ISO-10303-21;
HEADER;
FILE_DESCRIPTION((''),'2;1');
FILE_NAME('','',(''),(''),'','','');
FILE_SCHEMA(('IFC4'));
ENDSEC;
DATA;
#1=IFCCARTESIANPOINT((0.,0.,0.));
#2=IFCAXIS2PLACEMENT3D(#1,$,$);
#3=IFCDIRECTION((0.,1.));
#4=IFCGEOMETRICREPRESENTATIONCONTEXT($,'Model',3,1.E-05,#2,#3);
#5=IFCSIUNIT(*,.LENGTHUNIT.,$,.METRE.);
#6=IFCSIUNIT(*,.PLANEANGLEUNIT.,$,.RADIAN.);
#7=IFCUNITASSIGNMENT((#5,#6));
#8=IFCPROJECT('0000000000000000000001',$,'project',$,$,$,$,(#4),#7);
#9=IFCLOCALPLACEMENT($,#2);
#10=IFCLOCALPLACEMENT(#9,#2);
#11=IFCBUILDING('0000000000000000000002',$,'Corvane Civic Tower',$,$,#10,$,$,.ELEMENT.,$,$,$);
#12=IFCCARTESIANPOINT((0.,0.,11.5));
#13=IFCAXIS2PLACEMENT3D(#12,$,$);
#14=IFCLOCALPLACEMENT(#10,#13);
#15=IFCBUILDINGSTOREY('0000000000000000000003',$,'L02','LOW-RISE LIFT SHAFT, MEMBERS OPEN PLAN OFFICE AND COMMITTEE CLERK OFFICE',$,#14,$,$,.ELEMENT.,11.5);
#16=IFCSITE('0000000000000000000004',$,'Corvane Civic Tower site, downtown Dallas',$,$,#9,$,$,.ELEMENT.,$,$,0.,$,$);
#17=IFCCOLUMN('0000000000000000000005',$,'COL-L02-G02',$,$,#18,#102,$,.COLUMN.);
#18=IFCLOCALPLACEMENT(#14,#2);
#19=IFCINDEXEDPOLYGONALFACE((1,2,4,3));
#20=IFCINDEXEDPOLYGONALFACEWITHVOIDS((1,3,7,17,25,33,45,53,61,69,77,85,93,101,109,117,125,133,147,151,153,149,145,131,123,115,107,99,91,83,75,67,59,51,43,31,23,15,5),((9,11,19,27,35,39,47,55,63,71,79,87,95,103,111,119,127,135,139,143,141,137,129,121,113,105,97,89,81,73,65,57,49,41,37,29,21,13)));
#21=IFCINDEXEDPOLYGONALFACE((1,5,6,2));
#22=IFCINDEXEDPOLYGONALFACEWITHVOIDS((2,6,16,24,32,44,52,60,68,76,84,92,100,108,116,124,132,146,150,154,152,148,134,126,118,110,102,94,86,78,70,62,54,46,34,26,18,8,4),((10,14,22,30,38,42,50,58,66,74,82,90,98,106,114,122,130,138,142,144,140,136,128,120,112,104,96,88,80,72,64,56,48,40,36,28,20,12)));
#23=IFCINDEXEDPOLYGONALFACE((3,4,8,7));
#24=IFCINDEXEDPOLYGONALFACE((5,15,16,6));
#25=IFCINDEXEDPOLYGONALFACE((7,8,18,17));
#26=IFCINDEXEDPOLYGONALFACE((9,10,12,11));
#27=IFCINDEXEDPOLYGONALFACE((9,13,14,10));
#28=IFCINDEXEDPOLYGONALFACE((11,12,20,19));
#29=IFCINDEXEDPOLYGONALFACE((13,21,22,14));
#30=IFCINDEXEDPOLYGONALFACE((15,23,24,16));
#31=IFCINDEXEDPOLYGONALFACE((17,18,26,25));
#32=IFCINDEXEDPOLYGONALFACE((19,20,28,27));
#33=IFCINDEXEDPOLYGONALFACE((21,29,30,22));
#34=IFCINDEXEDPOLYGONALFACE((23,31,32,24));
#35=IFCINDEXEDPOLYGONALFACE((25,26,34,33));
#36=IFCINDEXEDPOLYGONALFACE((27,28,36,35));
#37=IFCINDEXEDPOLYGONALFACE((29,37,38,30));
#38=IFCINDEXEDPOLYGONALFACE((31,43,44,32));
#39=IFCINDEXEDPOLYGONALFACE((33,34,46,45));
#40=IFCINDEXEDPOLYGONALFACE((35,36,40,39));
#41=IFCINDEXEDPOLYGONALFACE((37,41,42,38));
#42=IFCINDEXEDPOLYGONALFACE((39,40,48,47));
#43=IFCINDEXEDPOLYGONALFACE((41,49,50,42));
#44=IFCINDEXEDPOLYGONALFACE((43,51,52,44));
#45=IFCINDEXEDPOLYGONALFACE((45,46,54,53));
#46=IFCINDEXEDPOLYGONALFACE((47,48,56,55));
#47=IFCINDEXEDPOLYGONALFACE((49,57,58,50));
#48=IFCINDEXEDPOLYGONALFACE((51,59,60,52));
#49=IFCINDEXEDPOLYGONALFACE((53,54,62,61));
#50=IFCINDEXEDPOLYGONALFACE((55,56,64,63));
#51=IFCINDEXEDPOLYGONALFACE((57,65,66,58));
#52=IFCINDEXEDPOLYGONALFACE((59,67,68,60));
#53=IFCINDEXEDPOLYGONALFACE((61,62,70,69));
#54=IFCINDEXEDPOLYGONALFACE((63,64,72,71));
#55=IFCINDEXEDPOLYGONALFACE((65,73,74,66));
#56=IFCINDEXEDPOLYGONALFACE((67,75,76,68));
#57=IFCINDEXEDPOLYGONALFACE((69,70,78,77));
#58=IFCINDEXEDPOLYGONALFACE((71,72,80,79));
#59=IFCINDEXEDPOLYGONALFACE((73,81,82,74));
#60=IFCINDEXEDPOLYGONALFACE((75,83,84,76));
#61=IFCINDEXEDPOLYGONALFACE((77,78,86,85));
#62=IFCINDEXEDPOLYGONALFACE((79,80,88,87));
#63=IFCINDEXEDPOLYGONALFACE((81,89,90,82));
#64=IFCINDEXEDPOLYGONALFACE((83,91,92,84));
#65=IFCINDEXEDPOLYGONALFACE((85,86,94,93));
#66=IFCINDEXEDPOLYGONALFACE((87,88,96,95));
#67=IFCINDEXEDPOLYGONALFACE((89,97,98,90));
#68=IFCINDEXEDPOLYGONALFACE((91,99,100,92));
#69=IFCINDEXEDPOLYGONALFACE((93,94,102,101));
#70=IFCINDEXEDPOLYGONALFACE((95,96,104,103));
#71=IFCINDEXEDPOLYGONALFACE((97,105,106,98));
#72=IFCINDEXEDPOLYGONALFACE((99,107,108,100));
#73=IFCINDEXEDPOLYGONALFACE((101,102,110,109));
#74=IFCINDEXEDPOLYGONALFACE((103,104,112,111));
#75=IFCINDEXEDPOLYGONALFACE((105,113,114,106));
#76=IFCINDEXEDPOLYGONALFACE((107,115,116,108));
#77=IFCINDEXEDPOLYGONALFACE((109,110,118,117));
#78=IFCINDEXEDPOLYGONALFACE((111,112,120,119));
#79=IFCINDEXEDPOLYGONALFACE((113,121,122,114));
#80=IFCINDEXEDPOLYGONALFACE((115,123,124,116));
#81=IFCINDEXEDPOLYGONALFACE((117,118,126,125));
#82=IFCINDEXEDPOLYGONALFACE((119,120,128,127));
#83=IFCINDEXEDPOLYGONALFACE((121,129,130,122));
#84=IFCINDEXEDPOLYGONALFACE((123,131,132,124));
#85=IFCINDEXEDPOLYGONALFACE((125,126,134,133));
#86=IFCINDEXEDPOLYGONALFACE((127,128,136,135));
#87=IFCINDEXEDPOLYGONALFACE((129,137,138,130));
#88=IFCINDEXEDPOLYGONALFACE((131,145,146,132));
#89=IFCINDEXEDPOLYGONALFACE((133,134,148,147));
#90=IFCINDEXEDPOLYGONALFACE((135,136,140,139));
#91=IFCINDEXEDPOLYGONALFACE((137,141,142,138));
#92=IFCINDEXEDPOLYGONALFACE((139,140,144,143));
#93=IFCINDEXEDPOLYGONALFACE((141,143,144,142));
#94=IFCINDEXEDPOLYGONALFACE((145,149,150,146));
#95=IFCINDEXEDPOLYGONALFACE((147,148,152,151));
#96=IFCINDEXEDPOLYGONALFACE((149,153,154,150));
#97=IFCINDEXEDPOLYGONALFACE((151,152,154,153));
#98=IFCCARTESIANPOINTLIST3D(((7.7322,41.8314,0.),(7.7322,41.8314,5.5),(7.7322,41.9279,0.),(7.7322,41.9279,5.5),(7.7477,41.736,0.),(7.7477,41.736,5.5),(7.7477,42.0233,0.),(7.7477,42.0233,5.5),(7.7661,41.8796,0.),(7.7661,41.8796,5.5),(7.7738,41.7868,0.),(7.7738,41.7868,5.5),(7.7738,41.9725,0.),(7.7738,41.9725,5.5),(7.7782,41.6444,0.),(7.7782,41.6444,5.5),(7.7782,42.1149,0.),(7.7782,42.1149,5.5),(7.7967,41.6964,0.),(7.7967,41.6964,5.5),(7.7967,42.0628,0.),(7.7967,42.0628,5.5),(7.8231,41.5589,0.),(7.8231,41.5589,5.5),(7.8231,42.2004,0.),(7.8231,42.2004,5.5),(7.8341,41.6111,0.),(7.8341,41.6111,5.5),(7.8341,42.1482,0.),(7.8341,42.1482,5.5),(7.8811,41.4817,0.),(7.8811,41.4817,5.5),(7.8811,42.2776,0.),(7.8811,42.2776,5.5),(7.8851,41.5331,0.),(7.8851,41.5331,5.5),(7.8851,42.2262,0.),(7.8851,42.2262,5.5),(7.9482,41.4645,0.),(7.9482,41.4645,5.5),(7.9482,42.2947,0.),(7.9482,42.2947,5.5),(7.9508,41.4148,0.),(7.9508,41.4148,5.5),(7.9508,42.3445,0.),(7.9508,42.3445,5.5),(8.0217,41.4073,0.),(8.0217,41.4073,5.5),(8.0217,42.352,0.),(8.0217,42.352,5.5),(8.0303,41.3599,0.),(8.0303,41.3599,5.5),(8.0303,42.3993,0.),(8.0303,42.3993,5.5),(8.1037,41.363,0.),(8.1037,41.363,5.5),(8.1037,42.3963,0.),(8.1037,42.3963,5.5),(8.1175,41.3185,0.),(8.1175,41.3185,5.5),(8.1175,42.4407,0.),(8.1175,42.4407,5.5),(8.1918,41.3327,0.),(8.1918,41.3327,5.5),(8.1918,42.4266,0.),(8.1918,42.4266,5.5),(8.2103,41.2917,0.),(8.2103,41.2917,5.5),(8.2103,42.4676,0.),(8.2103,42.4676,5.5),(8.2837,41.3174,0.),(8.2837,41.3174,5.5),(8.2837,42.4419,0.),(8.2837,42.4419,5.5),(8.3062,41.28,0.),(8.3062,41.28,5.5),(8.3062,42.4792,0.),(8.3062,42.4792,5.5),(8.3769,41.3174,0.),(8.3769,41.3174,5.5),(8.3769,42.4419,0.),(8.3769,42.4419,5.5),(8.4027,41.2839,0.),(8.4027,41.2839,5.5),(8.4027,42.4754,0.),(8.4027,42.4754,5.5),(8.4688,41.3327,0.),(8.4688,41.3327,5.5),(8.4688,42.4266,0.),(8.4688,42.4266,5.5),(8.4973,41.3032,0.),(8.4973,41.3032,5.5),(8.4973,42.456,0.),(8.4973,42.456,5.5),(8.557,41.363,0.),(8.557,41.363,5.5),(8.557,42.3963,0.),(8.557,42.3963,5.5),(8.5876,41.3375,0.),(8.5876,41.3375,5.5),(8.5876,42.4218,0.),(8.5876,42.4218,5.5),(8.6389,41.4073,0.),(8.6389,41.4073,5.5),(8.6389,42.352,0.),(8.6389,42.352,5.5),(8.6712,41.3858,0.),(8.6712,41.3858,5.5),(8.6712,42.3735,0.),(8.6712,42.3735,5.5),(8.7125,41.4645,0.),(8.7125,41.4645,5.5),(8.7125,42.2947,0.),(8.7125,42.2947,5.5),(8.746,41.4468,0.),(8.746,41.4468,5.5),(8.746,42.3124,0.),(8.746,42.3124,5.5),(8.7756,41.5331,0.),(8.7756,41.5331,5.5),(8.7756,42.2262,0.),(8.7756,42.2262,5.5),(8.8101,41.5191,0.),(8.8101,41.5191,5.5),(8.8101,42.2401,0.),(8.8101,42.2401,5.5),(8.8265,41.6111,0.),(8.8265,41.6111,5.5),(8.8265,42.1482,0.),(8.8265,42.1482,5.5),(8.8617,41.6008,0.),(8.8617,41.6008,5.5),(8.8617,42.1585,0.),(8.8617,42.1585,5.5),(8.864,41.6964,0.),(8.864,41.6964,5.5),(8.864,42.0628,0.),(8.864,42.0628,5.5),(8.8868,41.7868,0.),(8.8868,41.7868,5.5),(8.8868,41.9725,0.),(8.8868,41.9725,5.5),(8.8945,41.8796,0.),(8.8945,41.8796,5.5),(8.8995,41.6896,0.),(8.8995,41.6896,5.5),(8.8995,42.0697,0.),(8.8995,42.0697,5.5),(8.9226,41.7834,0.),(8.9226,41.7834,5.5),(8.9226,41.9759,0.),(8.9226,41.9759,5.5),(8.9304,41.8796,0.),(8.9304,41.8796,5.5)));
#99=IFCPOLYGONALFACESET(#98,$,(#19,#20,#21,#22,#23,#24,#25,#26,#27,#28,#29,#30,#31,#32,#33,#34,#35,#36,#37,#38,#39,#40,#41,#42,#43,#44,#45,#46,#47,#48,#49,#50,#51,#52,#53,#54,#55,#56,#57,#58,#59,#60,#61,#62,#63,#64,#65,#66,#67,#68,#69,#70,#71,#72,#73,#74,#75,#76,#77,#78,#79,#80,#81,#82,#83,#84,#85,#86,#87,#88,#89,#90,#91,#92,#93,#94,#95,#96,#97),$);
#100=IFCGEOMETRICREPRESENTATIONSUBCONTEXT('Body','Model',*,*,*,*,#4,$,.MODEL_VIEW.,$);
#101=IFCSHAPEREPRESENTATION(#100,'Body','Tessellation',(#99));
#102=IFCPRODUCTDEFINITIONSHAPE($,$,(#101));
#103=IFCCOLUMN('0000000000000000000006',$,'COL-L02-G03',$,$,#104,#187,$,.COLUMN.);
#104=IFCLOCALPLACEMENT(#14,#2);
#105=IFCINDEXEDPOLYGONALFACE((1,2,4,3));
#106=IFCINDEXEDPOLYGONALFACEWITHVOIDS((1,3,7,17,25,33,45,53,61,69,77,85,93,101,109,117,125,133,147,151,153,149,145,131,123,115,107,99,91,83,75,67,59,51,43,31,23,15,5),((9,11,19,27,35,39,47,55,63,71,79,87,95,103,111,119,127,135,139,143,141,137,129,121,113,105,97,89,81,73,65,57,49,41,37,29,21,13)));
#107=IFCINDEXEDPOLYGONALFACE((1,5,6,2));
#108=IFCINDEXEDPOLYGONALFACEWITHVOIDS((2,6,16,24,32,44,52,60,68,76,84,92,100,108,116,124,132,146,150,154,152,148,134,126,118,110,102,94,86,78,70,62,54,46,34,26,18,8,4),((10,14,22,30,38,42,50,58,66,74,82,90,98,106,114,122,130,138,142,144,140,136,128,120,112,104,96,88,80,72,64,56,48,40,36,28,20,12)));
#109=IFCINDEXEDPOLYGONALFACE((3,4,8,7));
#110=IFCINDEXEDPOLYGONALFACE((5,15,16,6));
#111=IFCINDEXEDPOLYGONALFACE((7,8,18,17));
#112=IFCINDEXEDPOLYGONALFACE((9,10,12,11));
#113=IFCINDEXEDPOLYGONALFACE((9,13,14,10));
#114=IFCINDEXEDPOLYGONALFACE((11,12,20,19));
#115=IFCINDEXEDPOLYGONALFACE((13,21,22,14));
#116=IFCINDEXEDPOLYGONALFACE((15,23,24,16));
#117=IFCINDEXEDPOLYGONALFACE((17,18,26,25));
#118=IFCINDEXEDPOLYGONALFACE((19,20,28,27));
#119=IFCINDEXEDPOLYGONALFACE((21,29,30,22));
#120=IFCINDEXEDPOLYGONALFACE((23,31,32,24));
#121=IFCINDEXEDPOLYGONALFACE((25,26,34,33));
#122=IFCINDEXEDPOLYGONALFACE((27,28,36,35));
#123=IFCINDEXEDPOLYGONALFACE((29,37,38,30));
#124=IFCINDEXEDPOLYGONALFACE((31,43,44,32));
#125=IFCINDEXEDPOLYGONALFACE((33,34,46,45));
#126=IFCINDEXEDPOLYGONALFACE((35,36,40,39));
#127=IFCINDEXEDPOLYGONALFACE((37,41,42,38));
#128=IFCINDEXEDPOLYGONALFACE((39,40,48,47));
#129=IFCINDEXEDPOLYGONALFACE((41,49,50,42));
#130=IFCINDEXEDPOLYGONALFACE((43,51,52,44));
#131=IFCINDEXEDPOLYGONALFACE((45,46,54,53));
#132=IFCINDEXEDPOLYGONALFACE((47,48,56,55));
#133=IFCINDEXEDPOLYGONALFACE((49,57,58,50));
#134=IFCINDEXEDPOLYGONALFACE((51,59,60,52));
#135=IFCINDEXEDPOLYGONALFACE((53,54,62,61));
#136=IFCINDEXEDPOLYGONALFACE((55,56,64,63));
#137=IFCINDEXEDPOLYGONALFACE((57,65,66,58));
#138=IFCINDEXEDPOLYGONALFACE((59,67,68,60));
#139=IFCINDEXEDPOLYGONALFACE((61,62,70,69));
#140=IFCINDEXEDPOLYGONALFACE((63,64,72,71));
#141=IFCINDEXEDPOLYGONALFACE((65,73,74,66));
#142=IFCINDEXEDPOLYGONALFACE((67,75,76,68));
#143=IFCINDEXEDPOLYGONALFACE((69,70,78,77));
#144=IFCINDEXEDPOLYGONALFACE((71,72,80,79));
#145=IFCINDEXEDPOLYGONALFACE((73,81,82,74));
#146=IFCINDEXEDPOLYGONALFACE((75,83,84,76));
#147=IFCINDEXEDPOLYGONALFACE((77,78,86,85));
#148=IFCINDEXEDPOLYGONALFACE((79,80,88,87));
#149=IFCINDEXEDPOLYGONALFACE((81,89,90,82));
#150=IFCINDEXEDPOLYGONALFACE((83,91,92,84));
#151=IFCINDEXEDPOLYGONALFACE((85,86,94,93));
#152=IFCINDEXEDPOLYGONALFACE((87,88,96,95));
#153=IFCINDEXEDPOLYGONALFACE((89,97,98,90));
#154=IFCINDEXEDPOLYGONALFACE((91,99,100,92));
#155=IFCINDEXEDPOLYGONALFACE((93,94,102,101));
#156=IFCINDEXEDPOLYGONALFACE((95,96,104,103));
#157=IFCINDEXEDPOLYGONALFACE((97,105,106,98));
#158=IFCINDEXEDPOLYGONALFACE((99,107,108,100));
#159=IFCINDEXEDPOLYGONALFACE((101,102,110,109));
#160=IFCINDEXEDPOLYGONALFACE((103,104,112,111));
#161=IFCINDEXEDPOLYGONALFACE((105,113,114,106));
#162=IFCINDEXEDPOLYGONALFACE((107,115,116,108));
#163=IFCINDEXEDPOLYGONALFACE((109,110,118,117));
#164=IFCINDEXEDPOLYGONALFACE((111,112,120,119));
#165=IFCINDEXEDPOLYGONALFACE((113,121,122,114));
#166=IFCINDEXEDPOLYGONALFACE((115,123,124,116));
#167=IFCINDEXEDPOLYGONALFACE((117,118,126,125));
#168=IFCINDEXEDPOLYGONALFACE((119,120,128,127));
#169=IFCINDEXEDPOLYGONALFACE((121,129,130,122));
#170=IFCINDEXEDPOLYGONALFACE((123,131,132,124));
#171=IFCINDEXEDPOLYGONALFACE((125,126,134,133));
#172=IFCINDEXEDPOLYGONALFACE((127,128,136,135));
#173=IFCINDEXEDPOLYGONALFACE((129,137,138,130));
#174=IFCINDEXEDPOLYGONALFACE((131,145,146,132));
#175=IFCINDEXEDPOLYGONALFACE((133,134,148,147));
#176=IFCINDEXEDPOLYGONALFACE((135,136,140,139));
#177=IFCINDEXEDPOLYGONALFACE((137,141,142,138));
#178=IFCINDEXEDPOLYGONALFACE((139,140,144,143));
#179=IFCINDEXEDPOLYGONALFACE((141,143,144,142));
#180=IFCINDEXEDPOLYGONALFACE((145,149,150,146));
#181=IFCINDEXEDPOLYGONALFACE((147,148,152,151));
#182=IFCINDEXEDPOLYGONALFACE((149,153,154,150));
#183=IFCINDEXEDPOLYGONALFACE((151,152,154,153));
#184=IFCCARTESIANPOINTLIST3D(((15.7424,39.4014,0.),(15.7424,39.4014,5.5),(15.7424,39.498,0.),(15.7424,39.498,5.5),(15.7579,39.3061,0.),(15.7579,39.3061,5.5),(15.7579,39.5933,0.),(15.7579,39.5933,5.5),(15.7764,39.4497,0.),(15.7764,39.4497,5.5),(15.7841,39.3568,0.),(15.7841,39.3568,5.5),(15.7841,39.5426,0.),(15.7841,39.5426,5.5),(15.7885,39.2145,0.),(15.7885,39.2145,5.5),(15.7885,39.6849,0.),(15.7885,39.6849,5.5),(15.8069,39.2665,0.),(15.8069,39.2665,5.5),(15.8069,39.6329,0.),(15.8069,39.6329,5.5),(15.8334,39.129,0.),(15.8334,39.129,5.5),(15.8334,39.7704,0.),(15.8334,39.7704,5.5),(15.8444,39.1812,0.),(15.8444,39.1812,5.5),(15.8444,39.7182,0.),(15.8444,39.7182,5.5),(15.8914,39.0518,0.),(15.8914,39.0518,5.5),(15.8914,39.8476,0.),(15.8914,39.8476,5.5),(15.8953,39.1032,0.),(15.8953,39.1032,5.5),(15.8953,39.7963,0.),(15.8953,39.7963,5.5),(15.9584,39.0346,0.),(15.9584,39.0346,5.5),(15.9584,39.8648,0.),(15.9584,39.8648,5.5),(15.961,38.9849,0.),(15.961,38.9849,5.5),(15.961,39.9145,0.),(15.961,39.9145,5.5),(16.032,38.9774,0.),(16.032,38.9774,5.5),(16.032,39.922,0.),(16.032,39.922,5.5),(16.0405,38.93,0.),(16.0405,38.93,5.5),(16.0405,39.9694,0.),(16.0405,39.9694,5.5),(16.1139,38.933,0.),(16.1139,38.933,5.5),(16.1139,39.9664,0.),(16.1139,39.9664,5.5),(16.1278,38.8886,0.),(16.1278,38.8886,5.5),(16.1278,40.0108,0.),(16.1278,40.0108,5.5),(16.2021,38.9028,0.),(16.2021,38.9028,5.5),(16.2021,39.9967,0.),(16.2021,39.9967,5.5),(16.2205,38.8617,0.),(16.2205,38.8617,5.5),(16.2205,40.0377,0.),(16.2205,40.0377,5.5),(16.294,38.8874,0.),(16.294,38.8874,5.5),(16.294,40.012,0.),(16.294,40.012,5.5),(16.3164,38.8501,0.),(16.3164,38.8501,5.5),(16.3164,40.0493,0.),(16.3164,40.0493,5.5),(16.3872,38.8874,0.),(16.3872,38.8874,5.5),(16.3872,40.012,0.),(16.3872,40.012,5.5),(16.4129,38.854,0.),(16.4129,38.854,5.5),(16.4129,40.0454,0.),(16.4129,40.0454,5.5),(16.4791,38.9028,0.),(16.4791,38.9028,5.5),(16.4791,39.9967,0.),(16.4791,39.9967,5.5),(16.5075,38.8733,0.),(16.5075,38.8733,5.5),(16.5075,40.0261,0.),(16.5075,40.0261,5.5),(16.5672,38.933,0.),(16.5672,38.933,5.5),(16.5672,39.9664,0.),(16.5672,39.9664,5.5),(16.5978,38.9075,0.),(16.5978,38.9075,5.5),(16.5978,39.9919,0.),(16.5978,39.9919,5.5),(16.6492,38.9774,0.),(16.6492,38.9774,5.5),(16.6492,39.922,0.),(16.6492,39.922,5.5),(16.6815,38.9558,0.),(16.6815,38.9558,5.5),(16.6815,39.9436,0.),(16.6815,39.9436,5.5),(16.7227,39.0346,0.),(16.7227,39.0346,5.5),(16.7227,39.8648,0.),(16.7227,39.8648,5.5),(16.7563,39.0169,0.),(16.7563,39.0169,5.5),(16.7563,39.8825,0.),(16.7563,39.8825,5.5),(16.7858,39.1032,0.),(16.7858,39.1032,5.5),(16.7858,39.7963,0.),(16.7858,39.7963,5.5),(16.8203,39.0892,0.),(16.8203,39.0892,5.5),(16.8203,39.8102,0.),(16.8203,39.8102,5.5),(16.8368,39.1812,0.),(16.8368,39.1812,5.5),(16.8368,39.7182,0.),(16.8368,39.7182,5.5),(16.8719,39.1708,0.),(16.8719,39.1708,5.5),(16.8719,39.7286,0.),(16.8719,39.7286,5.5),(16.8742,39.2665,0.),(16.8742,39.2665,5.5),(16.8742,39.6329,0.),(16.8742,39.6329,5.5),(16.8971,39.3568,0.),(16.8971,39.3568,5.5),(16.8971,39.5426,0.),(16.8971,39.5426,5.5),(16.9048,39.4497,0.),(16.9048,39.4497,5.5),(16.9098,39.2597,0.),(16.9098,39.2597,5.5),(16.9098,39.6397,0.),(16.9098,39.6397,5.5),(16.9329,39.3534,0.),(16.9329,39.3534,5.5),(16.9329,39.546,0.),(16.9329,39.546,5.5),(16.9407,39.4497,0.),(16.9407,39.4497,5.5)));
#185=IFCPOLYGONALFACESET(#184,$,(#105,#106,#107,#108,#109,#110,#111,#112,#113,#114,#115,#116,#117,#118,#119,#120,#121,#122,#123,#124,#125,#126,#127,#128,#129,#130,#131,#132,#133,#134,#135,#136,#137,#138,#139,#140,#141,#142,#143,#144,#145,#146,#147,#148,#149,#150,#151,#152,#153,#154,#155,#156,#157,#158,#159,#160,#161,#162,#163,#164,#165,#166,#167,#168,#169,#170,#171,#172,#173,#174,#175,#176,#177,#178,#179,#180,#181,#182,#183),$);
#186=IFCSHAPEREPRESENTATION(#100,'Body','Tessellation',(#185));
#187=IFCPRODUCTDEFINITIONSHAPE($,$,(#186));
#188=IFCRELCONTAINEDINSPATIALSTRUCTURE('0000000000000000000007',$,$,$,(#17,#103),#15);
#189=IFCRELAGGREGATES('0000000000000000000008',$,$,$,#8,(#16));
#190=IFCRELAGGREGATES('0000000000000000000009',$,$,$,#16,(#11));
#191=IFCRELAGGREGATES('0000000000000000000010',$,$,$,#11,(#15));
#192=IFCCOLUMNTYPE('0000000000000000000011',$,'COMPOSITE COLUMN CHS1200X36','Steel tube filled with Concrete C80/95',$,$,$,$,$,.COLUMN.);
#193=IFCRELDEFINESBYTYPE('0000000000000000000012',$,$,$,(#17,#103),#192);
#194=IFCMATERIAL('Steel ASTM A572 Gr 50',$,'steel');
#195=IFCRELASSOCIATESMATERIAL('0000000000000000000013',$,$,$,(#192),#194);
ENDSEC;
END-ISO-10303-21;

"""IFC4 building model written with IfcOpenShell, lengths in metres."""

from ifc_helpers import new_model, si_unit, direction, frame, origin, origin_2d, place, context, subcontext, project, spatial, hollow_circle, extrude, material, material_profile, profile_set, type_object, element, save


model = new_model("IFC4")

# Units and contexts
model_context = context("Model", 3, precision=1e-05, world=origin(), true_north=direction((0.0, 1.0)))
body_context = subcontext(model_context, "Body", "Model", "MODEL_VIEW")
ifc_project = project(units=[si_unit("LENGTHUNIT", "METRE"), si_unit("PLANEANGLEUNIT", "RADIAN")], contexts=[model_context])

# Site, building, storey
site_placement = place(None, origin())
site = spatial("IfcSite", under=ifc_project, at=site_placement, Name="Corvane Civic Tower site, downtown Dallas", CompositionType="ELEMENT", RefElevation=0.0)
building_placement = place(site_placement, origin())
building = spatial("IfcBuilding", under=site, at=building_placement, Name="Corvane Civic Tower", CompositionType="ELEMENT")
storey_placement = place(building_placement, frame((0.0, 0.0, 11.5)))
storey = spatial("IfcBuildingStorey", under=building, at=storey_placement, Name="L02", Description="LOW-RISE LIFT SHAFT, MEMBERS OPEN PLAN OFFICE AND COMMITTEE CLERK OFFICE", CompositionType="ELEMENT", Elevation=11.5)

# Columns
ifc_material_1 = material(Name="Steel ASTM A572 Gr 50", Category="steel")
ifc_material_profile_1 = material_profile(ifc_material_1, hollow_circle(Radius=0.6001, WallThickness=0.0359, at=origin_2d()), Name="CHS1200X36")
ifc_profile_set_1 = profile_set([ifc_material_profile_1], Name="Steel ASTM A572 Gr 50")
column_type = type_object("IfcColumnType", Name="COMPOSITE COLUMN CHS1200X36", Description="Steel tube filled with Concrete C80/95", PredefinedType="COLUMN", material=ifc_profile_set_1)
for number, where, z_axis, x_axis, name in (
    (1, (8.3303, 41.8796, 0.0), (0.0, 0.0, 1.0), (1.0, 0.0, 0.0), "COL-L02-G02"),
    (2, (16.3406, 39.4497, 0.0), (0.0, 0.0, 1.0), (1.0, 0.0, 0.0), "COL-L02-G03"),
):
    element("IfcColumn", number, at=place(storey_placement, frame(where, z_axis=z_axis, x_axis=x_axis)), inside=storey, type_object=column_type, Name=name, PredefinedType="COLUMN", context=body_context, shape_type="SweptSolid", body=[
        extrude(hollow_circle(Radius=0.6001, WallThickness=0.0359, at=origin_2d()), origin(), (0.0, 0.0, 1.0), 5.5),
    ])

save(model, "model.ifc")
